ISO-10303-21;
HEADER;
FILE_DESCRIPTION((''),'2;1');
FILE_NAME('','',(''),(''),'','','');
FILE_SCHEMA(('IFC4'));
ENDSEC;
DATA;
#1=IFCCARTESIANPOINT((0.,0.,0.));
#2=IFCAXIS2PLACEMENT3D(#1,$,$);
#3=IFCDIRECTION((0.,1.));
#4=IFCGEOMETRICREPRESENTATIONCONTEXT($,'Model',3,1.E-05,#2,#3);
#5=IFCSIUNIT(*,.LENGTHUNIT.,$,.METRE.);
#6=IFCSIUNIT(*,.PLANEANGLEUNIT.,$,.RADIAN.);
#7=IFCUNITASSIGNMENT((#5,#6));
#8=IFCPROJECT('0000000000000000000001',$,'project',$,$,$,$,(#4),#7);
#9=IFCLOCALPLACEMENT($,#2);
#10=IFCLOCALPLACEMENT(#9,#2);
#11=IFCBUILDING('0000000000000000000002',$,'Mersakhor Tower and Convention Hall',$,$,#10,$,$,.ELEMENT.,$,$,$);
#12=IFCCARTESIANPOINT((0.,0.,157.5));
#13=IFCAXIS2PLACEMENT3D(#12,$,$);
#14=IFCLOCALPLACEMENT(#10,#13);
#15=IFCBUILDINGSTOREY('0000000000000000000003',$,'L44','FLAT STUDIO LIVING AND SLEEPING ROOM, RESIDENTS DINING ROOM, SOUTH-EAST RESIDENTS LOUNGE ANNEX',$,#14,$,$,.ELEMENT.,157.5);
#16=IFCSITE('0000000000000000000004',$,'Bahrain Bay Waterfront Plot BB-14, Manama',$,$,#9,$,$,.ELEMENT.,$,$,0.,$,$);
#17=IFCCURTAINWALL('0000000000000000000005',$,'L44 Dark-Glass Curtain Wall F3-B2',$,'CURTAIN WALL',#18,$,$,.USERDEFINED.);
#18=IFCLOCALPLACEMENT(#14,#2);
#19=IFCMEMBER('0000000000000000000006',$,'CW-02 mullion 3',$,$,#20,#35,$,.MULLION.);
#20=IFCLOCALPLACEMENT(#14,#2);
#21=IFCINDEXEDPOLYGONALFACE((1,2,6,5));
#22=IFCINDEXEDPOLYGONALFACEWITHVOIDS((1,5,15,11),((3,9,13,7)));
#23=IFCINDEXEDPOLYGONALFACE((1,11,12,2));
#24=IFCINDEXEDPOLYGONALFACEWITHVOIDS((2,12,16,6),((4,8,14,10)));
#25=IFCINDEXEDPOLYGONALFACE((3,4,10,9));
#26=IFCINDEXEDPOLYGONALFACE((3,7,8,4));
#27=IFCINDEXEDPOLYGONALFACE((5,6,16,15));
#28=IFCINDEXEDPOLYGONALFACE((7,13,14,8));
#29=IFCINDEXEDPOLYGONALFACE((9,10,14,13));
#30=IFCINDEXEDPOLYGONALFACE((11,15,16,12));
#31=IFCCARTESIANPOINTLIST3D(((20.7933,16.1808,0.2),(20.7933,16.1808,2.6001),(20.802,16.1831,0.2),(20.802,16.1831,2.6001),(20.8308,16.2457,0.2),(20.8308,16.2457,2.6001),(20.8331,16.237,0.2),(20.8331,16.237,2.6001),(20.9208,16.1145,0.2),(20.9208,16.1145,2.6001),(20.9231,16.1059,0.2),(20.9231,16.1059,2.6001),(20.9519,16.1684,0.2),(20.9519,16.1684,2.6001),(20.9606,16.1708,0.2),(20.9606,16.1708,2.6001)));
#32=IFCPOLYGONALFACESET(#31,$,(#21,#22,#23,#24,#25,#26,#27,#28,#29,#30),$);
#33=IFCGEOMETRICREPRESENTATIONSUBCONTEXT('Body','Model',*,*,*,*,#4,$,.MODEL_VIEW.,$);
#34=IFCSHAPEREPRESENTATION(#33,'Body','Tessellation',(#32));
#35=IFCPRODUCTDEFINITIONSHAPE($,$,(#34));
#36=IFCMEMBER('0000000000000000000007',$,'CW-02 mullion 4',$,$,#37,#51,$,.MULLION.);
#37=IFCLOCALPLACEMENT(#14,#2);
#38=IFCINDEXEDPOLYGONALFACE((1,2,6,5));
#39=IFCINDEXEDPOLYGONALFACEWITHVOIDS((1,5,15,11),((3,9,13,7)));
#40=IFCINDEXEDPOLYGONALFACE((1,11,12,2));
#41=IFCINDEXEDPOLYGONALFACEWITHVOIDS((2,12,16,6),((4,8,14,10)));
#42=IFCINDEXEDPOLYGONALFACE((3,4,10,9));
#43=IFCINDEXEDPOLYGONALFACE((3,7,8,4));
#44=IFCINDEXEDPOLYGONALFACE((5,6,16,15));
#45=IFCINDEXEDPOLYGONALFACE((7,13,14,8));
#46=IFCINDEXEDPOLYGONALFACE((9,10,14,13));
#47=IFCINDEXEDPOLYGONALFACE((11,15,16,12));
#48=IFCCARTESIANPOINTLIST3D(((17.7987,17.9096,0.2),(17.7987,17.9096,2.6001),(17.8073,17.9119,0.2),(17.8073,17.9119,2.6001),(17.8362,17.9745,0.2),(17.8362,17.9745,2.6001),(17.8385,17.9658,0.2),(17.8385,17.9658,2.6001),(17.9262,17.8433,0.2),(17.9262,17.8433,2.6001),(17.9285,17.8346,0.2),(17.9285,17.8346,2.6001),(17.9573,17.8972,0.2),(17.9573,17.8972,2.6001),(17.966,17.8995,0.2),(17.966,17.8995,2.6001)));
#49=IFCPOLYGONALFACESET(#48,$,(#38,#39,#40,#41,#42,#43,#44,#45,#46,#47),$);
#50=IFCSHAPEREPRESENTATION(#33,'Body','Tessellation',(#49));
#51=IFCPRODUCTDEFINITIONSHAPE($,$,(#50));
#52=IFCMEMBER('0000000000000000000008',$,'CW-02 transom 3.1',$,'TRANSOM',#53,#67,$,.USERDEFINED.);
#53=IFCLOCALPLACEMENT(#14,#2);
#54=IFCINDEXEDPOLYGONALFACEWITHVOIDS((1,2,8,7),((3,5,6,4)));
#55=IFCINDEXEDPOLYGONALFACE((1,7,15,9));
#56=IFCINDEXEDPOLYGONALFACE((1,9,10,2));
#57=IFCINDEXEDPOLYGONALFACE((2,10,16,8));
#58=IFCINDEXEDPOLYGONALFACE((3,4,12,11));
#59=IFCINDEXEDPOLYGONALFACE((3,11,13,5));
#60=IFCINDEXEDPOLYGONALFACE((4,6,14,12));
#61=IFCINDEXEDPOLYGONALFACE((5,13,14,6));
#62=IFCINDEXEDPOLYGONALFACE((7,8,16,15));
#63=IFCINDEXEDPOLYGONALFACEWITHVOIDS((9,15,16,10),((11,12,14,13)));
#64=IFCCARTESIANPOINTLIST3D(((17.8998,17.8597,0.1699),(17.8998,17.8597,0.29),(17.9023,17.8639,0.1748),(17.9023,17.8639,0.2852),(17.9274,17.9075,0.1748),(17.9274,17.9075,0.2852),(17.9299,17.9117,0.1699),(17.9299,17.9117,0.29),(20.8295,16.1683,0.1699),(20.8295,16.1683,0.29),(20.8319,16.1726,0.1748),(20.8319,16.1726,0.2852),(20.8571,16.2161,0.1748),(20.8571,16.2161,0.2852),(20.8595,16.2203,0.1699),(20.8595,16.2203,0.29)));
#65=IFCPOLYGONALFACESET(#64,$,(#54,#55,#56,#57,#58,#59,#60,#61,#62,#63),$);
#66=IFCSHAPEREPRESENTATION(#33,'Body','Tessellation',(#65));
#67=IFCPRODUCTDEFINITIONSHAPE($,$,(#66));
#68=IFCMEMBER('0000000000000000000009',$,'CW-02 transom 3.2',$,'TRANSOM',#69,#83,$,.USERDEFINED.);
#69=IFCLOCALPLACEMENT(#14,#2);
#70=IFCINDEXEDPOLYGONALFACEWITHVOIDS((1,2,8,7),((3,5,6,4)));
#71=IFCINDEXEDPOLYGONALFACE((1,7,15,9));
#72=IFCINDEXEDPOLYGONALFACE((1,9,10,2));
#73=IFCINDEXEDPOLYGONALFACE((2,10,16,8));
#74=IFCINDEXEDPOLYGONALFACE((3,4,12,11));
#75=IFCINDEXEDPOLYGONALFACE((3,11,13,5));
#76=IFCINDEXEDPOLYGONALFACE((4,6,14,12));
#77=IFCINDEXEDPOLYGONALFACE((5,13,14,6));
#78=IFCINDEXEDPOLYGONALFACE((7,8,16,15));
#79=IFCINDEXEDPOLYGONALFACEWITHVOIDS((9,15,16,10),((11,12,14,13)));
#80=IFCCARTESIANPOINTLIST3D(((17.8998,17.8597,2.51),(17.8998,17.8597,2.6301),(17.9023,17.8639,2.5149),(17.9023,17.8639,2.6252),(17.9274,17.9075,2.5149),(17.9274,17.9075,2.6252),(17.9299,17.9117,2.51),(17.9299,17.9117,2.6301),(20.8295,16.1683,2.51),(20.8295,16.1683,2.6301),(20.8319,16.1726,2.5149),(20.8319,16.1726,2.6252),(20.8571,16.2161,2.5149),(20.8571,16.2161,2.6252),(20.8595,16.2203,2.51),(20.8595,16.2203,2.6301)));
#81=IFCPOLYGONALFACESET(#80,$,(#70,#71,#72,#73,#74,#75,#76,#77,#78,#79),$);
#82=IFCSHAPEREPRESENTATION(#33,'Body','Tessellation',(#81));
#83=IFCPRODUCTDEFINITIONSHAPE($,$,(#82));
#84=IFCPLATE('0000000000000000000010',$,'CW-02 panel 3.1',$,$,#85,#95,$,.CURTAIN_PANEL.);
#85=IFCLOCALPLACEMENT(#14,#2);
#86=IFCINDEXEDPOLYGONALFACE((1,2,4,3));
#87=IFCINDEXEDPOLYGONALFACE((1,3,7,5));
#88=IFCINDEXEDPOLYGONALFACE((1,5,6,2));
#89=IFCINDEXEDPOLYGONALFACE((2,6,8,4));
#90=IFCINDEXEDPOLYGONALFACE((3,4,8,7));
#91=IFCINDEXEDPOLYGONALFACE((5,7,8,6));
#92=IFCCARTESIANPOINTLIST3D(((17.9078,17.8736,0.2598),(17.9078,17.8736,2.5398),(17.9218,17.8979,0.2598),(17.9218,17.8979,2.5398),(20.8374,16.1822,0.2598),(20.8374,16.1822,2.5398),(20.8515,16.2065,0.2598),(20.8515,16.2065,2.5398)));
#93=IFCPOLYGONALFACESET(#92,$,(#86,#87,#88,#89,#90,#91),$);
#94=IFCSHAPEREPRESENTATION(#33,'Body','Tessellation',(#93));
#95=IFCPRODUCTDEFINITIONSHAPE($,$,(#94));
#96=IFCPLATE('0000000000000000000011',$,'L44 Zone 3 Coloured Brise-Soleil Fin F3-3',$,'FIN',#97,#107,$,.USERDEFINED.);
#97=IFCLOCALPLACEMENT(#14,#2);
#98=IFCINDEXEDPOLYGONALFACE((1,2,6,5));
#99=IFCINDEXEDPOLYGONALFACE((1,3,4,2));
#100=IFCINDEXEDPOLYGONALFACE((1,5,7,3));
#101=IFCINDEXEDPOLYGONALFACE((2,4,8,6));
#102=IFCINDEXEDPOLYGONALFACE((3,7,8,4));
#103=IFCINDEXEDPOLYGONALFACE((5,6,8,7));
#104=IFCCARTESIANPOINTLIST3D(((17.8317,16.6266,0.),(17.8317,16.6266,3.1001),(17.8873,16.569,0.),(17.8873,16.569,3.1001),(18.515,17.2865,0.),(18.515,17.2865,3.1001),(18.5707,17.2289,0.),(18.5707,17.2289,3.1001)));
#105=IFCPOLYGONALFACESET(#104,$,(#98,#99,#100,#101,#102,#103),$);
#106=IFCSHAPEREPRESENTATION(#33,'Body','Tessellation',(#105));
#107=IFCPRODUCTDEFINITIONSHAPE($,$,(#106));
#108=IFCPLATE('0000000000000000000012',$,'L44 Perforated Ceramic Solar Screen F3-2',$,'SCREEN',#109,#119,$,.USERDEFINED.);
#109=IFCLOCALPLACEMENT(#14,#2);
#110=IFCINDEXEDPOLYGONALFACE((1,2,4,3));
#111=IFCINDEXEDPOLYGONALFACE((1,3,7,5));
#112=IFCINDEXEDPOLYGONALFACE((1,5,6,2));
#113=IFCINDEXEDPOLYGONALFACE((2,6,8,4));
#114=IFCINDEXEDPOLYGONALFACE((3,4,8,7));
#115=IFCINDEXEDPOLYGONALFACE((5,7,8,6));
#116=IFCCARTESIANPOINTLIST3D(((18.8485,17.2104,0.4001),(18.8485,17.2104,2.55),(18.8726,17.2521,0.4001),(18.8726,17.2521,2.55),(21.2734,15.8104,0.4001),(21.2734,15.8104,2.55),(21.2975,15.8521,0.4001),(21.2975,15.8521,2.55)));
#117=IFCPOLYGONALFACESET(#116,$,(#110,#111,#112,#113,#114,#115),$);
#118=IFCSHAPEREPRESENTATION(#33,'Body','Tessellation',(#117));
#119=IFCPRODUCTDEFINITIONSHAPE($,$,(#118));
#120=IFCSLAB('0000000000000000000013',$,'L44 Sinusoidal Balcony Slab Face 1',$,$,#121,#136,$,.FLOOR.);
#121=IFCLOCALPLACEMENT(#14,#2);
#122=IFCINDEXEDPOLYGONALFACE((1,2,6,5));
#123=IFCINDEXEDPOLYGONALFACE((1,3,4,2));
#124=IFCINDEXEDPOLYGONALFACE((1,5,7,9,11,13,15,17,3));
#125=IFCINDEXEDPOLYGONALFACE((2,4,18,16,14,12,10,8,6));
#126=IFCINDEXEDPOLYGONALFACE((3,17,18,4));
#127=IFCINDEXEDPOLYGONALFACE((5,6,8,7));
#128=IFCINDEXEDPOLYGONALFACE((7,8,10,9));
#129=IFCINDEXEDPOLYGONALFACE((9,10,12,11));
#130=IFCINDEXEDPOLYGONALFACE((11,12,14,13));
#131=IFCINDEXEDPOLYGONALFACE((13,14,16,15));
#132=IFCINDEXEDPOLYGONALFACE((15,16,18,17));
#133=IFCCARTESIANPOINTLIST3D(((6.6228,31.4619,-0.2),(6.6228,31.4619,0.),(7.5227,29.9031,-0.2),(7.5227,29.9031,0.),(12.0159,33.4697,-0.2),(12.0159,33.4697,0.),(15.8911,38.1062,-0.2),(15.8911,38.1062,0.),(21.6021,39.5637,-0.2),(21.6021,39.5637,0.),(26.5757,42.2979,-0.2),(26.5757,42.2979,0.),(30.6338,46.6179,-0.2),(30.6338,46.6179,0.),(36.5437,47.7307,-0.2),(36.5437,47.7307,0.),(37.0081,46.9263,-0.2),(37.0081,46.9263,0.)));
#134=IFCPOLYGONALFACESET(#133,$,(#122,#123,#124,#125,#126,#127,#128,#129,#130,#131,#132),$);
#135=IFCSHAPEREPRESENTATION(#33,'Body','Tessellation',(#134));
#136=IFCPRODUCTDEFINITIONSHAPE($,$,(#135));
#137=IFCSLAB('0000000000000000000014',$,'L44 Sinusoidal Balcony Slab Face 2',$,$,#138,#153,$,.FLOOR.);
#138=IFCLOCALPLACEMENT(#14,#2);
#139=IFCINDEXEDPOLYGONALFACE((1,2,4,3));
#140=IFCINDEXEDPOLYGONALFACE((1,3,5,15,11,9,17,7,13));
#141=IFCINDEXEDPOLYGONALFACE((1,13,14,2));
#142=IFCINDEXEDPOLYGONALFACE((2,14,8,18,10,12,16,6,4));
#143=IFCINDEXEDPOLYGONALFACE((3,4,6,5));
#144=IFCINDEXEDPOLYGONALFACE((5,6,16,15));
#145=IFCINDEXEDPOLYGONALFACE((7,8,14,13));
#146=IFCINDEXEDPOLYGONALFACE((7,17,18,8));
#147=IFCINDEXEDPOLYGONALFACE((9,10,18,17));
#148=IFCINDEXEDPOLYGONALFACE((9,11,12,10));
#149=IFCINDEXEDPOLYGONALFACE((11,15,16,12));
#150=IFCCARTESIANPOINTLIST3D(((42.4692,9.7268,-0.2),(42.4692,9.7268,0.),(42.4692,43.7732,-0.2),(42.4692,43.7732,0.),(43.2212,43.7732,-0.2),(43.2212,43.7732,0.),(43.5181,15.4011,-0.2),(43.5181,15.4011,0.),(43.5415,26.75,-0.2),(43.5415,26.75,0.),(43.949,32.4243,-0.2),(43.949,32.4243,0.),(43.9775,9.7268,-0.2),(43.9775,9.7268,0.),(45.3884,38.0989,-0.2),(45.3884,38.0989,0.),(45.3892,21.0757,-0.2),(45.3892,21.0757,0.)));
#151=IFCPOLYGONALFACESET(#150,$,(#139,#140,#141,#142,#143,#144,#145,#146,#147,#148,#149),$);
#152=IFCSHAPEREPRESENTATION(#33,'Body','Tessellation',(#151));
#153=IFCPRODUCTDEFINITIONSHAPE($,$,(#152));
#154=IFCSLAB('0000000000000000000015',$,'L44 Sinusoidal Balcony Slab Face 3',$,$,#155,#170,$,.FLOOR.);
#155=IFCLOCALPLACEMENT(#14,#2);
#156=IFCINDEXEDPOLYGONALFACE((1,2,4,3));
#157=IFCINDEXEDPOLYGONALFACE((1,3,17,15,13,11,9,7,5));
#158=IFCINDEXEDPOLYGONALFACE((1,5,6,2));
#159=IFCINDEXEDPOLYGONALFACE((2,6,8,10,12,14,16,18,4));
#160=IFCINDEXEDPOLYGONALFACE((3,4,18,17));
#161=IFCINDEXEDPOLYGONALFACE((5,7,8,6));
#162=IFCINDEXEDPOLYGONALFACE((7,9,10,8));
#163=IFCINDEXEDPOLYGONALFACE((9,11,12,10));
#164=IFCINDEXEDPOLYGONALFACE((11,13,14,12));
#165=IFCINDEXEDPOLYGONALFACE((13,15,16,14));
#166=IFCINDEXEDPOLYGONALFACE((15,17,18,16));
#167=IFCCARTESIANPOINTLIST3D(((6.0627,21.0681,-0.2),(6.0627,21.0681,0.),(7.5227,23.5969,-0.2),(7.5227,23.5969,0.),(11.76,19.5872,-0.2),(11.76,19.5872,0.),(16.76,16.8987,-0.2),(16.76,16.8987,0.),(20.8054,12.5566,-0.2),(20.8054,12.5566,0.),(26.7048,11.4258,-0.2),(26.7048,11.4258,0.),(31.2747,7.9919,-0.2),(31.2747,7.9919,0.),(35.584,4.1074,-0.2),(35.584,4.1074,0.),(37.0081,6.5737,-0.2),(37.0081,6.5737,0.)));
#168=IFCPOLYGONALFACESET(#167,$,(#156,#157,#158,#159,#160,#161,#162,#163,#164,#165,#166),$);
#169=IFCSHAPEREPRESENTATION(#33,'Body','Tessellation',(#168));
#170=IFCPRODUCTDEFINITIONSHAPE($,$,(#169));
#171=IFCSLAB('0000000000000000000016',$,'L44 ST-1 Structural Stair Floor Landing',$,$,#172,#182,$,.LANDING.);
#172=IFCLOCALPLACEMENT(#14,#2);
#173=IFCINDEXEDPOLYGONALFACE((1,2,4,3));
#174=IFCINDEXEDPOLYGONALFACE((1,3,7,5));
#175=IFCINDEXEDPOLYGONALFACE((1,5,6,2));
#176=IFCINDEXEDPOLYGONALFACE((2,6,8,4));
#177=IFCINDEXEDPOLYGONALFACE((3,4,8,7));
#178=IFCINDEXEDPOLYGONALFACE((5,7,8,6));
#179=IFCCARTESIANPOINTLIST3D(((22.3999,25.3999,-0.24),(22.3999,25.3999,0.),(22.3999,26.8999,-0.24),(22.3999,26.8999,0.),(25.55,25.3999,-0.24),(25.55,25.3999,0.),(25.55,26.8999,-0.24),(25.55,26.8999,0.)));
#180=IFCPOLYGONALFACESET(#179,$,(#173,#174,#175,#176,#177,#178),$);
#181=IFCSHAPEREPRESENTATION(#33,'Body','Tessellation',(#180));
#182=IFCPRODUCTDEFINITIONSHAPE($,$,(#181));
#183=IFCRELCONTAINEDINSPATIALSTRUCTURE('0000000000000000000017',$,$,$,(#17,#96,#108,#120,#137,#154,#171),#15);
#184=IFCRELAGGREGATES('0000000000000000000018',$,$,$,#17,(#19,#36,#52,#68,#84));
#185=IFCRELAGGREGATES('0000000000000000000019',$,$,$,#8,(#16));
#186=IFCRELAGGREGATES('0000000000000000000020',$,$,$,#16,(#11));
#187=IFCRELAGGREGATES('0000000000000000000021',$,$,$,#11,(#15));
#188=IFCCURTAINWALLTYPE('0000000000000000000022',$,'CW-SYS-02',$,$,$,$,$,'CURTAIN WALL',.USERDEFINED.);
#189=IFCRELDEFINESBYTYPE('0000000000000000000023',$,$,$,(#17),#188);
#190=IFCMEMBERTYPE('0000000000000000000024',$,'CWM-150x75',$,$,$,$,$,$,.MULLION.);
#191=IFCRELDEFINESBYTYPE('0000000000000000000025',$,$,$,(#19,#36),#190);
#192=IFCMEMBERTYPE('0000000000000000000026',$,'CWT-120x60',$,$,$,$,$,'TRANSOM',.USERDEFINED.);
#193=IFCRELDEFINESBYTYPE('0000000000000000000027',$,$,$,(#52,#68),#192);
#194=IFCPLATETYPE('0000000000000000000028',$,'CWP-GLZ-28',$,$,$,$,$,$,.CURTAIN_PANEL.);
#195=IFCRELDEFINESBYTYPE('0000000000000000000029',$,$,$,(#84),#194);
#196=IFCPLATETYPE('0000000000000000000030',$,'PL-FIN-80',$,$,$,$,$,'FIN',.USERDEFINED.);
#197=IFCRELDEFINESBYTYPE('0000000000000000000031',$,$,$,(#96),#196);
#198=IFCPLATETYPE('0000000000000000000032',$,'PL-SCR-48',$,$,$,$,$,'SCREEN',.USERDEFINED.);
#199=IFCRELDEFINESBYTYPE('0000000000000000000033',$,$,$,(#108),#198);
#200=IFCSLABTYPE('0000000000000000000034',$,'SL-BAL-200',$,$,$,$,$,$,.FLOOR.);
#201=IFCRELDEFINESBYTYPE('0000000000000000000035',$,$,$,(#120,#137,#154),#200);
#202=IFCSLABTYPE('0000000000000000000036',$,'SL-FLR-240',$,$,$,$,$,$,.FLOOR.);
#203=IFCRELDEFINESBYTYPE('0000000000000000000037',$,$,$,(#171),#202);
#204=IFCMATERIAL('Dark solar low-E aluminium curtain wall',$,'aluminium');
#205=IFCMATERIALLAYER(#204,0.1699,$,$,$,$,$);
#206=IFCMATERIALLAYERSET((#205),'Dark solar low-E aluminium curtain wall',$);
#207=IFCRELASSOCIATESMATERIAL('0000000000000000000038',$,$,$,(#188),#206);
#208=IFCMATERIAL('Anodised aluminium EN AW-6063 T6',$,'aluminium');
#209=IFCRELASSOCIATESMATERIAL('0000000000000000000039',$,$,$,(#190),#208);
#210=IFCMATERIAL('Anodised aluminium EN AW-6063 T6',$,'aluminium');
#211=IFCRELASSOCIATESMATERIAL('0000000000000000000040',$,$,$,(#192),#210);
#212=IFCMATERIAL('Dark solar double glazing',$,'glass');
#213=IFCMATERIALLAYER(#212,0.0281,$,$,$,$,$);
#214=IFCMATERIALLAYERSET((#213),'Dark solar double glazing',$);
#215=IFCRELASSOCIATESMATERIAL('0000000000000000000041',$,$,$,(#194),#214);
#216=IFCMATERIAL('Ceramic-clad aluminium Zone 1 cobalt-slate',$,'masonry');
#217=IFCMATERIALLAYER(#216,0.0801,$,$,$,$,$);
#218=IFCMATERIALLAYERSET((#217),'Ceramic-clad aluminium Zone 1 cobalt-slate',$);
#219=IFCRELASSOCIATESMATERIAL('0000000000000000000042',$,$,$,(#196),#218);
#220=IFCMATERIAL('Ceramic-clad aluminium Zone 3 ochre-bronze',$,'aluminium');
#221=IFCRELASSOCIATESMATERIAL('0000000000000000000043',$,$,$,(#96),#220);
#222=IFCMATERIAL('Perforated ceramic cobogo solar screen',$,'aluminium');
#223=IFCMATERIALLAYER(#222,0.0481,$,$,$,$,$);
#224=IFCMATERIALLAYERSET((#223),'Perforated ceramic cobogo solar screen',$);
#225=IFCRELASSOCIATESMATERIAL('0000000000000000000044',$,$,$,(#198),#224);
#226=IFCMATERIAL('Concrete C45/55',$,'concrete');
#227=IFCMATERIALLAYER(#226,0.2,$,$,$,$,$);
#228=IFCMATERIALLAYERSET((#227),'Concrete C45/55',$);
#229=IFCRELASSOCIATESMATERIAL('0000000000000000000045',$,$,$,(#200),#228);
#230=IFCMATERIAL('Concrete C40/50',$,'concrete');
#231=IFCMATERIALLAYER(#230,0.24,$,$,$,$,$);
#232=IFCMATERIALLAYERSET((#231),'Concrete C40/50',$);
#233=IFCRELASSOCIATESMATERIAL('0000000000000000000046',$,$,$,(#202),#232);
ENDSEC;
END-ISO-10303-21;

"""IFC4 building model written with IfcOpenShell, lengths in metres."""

from ifc_helpers import new_model, si_unit, direction, frame, origin, origin_2d, place, context, subcontext, project, spatial, polyline, rectangle, hollow_rectangle, outline, extrude, material, layer, layer_set, material_profile, profile_set, type_object, element, aggregate, save


model = new_model("IFC4")

# Units and contexts
model_context = context("Model", 3, precision=1e-05, world=origin(), true_north=direction((0.0, 1.0)))
body_context = subcontext(model_context, "Body", "Model", "MODEL_VIEW")
ifc_project = project(units=[si_unit("LENGTHUNIT", "METRE"), si_unit("PLANEANGLEUNIT", "RADIAN")], contexts=[model_context])

# Site, building, storey
site_placement = place(None, origin())
site = spatial("IfcSite", under=ifc_project, at=site_placement, Name="Bahrain Bay Waterfront Plot BB-14, Manama", CompositionType="ELEMENT", RefElevation=0.0)
building_placement = place(site_placement, origin())
building = spatial("IfcBuilding", under=site, at=building_placement, Name="Mersakhor Tower and Convention Hall", CompositionType="ELEMENT")
storey_placement = place(building_placement, frame((0.0, 0.0, 157.5)))
storey = spatial("IfcBuildingStorey", under=building, at=storey_placement, Name="L44", Description="FLAT STUDIO LIVING AND SLEEPING ROOM, RESIDENTS DINING ROOM, SOUTH-EAST RESIDENTS LOUNGE ANNEX", CompositionType="ELEMENT", Elevation=157.5)

# Curtain wall, members, plate
ifc_material_1 = material(Name="Dark solar low-E aluminium curtain wall", Category="aluminium")
ifc_layer_1 = layer(ifc_material_1, 0.1699)
ifc_layer_set_1 = layer_set([ifc_layer_1], Name="Dark solar low-E aluminium curtain wall")
curtain_wall_type = type_object("IfcCurtainWallType", Name="CW-SYS-02", ElementType="CURTAIN WALL", PredefinedType="USERDEFINED", material=ifc_layer_set_1)
curtain_wall_placement = place(storey_placement, origin())
curtain_wall = element("IfcCurtainWall", 1, at=curtain_wall_placement, inside=storey, type_object=curtain_wall_type, Name="L44 Dark-Glass Curtain Wall F3-B2", ObjectType="CURTAIN WALL", PredefinedType="USERDEFINED")
ifc_material_2 = material(Name="Anodised aluminium EN AW-6063 T6", Category="aluminium")
ifc_material_profile_1 = material_profile(ifc_material_2, hollow_rectangle(XDim=0.075, YDim=0.1499, WallThickness=0.0063, at=origin_2d()), Name="RHS 150x75x6.3")
ifc_profile_set_1 = profile_set([ifc_material_profile_1], Name="Anodised aluminium EN AW-6063 T6")
member_type_1 = type_object("IfcMemberType", Name="CWM-150x75", PredefinedType="MULLION", material=ifc_profile_set_1)
member_1_placement = place(storey_placement, frame((20.877, 16.1758, 0.2), z_axis=(0.0, 0.0, 1.0), x_axis=(-0.49999, -0.866031, 0.0)))
member_1 = element("IfcMember", 2, at=member_1_placement, type_object=member_type_1, Name="CW-02 mullion 3", PredefinedType="MULLION", context=body_context, shape_type="SweptSolid", body=[
    extrude(hollow_rectangle(XDim=0.075, YDim=0.1499, WallThickness=0.0063, at=origin_2d()), origin(), (0.0, 0.0, 1.0), 2.4001),
])
member_2_placement = place(storey_placement, frame((17.8823, 17.9045, 0.2), z_axis=(0.0, 0.0, 1.0), x_axis=(-0.49999, -0.866031, 0.0)))
member_2 = element("IfcMember", 3, at=member_2_placement, type_object=member_type_1, Name="CW-02 mullion 4", PredefinedType="MULLION", context=body_context, shape_type="SweptSolid", body=[
    extrude(hollow_rectangle(XDim=0.075, YDim=0.1499, WallThickness=0.0063, at=origin_2d()), origin(), (0.0, 0.0, 1.0), 2.4001),
])
ifc_material_3 = material(Name="Anodised aluminium EN AW-6063 T6", Category="aluminium")
ifc_material_profile_2 = material_profile(ifc_material_3, hollow_rectangle(XDim=0.0601, YDim=0.1201, WallThickness=0.0049, at=origin_2d()), Name="RHS 120x60x5")
ifc_profile_set_2 = profile_set([ifc_material_profile_2], Name="Anodised aluminium EN AW-6063 T6")
member_type_2 = type_object("IfcMemberType", Name="CWT-120x60", ElementType="TRANSOM", PredefinedType="USERDEFINED", material=ifc_profile_set_2)
member_3_placement = place(storey_placement, frame((20.8445, 16.1943, 0.23), z_axis=(-0.866032, 0.499989, 0.0), x_axis=(-0.499989, -0.866032, 0.0)))
member_3 = element("IfcMember", 4, at=member_3_placement, type_object=member_type_2, Name="CW-02 transom 3.1", ObjectType="TRANSOM", PredefinedType="USERDEFINED", context=body_context, shape_type="SweptSolid", body=[
    extrude(hollow_rectangle(XDim=0.0601, YDim=0.1201, WallThickness=0.0049, at=origin_2d()), origin(), (0.0, 0.0, 1.0), 3.3828),
])
member_4_placement = place(storey_placement, frame((20.8445, 16.1943, 2.5701), z_axis=(-0.866032, 0.499989, 0.0), x_axis=(-0.499989, -0.866032, 0.0)))
member_4 = element("IfcMember", 5, at=member_4_placement, type_object=member_type_2, Name="CW-02 transom 3.2", ObjectType="TRANSOM", PredefinedType="USERDEFINED", context=body_context, shape_type="SweptSolid", body=[
    extrude(hollow_rectangle(XDim=0.0601, YDim=0.1201, WallThickness=0.0049, at=origin_2d()), origin(), (0.0, 0.0, 1.0), 3.3828),
])
ifc_material_4 = material(Name="Dark solar double glazing", Category="glass")
ifc_layer_2 = layer(ifc_material_4, 0.0281)
ifc_layer_set_2 = layer_set([ifc_layer_2], Name="Dark solar double glazing")
plate_type_1 = type_object("IfcPlateType", Name="CWP-GLZ-28", PredefinedType="CURTAIN_PANEL", material=ifc_layer_set_2)
plate_1_placement = place(storey_placement, frame((19.3796, 17.04, 0.2598), z_axis=(0.0, 0.0, 1.0), x_axis=(-0.866031, 0.49999, 0.0)))
plate_1 = element("IfcPlate", 6, at=plate_1_placement, type_object=plate_type_1, Name="CW-02 panel 3.1", PredefinedType="CURTAIN_PANEL", context=body_context, shape_type="SweptSolid", body=[
    extrude(rectangle(XDim=3.3828, YDim=0.0281, at=origin_2d()), origin(), (0.0, 0.0, 1.0), 2.28),
])
aggregate(curtain_wall, [member_1, member_2, member_3, member_4, plate_1])

# Plates
ifc_material_5 = material(Name="Ceramic-clad aluminium Zone 3 ochre-bronze", Category="aluminium")
ifc_material_6 = material(Name="Ceramic-clad aluminium Zone 1 cobalt-slate", Category="masonry")
ifc_layer_3 = layer(ifc_material_6, 0.0801)
ifc_layer_set_3 = layer_set([ifc_layer_3], Name="Ceramic-clad aluminium Zone 1 cobalt-slate")
plate_type_2 = type_object("IfcPlateType", Name="PL-FIN-80", ElementType="FIN", PredefinedType="USERDEFINED", material=ifc_layer_set_3)
plate_2_placement = place(storey_placement, frame((18.2012, 16.9277, 0.0), z_axis=(0.0, 0.0, 1.0), x_axis=(-0.71934, -0.694658, 0.0)))
element("IfcPlate", 7, at=plate_2_placement, inside=storey, type_object=plate_type_2, material=ifc_material_5, Name="L44 Zone 3 Coloured Brise-Soleil Fin F3-3", ObjectType="FIN", PredefinedType="USERDEFINED", context=body_context, shape_type="SweptSolid", body=[
    extrude(rectangle(XDim=0.95, YDim=0.0801, at=origin_2d()), origin(), (0.0, 0.0, 1.0), 3.1001),
])
ifc_material_7 = material(Name="Perforated ceramic cobogo solar screen", Category="aluminium")
ifc_layer_4 = layer(ifc_material_7, 0.0481)
ifc_layer_set_4 = layer_set([ifc_layer_4], Name="Perforated ceramic cobogo solar screen")
plate_type_3 = type_object("IfcPlateType", Name="PL-SCR-48", ElementType="SCREEN", PredefinedType="USERDEFINED", material=ifc_layer_set_4)
plate_3_placement = place(storey_placement, frame((20.073, 16.5312, 0.4001), z_axis=(0.0, 0.0, 1.0), x_axis=(-0.866025, 0.5, 0.0)))
element("IfcPlate", 8, at=plate_3_placement, inside=storey, type_object=plate_type_3, Name="L44 Perforated Ceramic Solar Screen F3-2", ObjectType="SCREEN", PredefinedType="USERDEFINED", context=body_context, shape_type="SweptSolid", body=[
    extrude(rectangle(XDim=2.8, YDim=0.0481, at=origin_2d()), origin(), (0.0, 0.0, 1.0), 2.1499),
])

# Slabs
ifc_material_8 = material(Name="Concrete C45/55", Category="concrete")
ifc_layer_5 = layer(ifc_material_8, 0.2)
ifc_layer_set_5 = layer_set([ifc_layer_5], Name="Concrete C45/55")
slab_type_1 = type_object("IfcSlabType", Name="SL-BAL-200", PredefinedType="FLOOR", material=ifc_layer_set_5)
slab_1_placement = place(storey_placement, frame((0.0, 0.0, -0.2)))
element("IfcSlab", 9, at=slab_1_placement, inside=storey, type_object=slab_type_1, Name="L44 Sinusoidal Balcony Slab Face 1", PredefinedType="FLOOR", context=body_context, shape_type="SweptSolid", body=[
    extrude(outline(polyline([(7.5227, 29.9031), (37.0081, 46.9263), (36.5437, 47.7307), (30.6338, 46.6179), (26.5757, 42.2979), (21.6021, 39.5637), (15.8911, 38.1062), (12.0159, 33.4697), (6.6228, 31.4619), (7.5227, 29.9031)])), origin(), (0.0, 0.0, 1.0), 0.2),
])
slab_2_placement = place(storey_placement, frame((0.0, 0.0, -0.2)))
element("IfcSlab", 10, at=slab_2_placement, inside=storey, type_object=slab_type_1, Name="L44 Sinusoidal Balcony Slab Face 2", PredefinedType="FLOOR", context=body_context, shape_type="SweptSolid", body=[
    extrude(outline(polyline([(42.4692, 43.7732), (42.4692, 9.7268), (43.9775, 9.7268), (43.5181, 15.4011), (45.3892, 21.0757), (43.5415, 26.75), (43.949, 32.4243), (45.3884, 38.0989), (43.2212, 43.7732), (42.4692, 43.7732)])), origin(), (0.0, 0.0, 1.0), 0.2),
])
slab_3_placement = place(storey_placement, frame((0.0, 0.0, -0.2)))
element("IfcSlab", 11, at=slab_3_placement, inside=storey, type_object=slab_type_1, Name="L44 Sinusoidal Balcony Slab Face 3", PredefinedType="FLOOR", context=body_context, shape_type="SweptSolid", body=[
    extrude(outline(polyline([(37.0081, 6.5737), (7.5227, 23.5969), (6.0627, 21.0681), (11.76, 19.5872), (16.76, 16.8987), (20.8054, 12.5566), (26.7048, 11.4258), (31.2747, 7.9919), (35.584, 4.1074), (37.0081, 6.5737)])), origin(), (0.0, 0.0, 1.0), 0.2),
])
ifc_material_9 = material(Name="Concrete C40/50", Category="concrete")
ifc_layer_6 = layer(ifc_material_9, 0.24)
ifc_layer_set_6 = layer_set([ifc_layer_6], Name="Concrete C40/50")
slab_type_2 = type_object("IfcSlabType", Name="SL-FLR-240", PredefinedType="FLOOR", material=ifc_layer_set_6)
slab_4_placement = place(storey_placement, frame((0.0, 0.0, -0.24)))
element("IfcSlab", 12, at=slab_4_placement, inside=storey, type_object=slab_type_2, Name="L44 ST-1 Structural Stair Floor Landing", PredefinedType="LANDING", context=body_context, shape_type="SweptSolid", body=[
    extrude(outline(polyline([(25.55, 25.3999), (25.55, 26.8999), (22.3999, 26.8999), (22.3999, 25.3999), (25.55, 25.3999)])), origin(), (0.0, 0.0, 1.0), 0.24),
])

save(model, "model.ifc")
